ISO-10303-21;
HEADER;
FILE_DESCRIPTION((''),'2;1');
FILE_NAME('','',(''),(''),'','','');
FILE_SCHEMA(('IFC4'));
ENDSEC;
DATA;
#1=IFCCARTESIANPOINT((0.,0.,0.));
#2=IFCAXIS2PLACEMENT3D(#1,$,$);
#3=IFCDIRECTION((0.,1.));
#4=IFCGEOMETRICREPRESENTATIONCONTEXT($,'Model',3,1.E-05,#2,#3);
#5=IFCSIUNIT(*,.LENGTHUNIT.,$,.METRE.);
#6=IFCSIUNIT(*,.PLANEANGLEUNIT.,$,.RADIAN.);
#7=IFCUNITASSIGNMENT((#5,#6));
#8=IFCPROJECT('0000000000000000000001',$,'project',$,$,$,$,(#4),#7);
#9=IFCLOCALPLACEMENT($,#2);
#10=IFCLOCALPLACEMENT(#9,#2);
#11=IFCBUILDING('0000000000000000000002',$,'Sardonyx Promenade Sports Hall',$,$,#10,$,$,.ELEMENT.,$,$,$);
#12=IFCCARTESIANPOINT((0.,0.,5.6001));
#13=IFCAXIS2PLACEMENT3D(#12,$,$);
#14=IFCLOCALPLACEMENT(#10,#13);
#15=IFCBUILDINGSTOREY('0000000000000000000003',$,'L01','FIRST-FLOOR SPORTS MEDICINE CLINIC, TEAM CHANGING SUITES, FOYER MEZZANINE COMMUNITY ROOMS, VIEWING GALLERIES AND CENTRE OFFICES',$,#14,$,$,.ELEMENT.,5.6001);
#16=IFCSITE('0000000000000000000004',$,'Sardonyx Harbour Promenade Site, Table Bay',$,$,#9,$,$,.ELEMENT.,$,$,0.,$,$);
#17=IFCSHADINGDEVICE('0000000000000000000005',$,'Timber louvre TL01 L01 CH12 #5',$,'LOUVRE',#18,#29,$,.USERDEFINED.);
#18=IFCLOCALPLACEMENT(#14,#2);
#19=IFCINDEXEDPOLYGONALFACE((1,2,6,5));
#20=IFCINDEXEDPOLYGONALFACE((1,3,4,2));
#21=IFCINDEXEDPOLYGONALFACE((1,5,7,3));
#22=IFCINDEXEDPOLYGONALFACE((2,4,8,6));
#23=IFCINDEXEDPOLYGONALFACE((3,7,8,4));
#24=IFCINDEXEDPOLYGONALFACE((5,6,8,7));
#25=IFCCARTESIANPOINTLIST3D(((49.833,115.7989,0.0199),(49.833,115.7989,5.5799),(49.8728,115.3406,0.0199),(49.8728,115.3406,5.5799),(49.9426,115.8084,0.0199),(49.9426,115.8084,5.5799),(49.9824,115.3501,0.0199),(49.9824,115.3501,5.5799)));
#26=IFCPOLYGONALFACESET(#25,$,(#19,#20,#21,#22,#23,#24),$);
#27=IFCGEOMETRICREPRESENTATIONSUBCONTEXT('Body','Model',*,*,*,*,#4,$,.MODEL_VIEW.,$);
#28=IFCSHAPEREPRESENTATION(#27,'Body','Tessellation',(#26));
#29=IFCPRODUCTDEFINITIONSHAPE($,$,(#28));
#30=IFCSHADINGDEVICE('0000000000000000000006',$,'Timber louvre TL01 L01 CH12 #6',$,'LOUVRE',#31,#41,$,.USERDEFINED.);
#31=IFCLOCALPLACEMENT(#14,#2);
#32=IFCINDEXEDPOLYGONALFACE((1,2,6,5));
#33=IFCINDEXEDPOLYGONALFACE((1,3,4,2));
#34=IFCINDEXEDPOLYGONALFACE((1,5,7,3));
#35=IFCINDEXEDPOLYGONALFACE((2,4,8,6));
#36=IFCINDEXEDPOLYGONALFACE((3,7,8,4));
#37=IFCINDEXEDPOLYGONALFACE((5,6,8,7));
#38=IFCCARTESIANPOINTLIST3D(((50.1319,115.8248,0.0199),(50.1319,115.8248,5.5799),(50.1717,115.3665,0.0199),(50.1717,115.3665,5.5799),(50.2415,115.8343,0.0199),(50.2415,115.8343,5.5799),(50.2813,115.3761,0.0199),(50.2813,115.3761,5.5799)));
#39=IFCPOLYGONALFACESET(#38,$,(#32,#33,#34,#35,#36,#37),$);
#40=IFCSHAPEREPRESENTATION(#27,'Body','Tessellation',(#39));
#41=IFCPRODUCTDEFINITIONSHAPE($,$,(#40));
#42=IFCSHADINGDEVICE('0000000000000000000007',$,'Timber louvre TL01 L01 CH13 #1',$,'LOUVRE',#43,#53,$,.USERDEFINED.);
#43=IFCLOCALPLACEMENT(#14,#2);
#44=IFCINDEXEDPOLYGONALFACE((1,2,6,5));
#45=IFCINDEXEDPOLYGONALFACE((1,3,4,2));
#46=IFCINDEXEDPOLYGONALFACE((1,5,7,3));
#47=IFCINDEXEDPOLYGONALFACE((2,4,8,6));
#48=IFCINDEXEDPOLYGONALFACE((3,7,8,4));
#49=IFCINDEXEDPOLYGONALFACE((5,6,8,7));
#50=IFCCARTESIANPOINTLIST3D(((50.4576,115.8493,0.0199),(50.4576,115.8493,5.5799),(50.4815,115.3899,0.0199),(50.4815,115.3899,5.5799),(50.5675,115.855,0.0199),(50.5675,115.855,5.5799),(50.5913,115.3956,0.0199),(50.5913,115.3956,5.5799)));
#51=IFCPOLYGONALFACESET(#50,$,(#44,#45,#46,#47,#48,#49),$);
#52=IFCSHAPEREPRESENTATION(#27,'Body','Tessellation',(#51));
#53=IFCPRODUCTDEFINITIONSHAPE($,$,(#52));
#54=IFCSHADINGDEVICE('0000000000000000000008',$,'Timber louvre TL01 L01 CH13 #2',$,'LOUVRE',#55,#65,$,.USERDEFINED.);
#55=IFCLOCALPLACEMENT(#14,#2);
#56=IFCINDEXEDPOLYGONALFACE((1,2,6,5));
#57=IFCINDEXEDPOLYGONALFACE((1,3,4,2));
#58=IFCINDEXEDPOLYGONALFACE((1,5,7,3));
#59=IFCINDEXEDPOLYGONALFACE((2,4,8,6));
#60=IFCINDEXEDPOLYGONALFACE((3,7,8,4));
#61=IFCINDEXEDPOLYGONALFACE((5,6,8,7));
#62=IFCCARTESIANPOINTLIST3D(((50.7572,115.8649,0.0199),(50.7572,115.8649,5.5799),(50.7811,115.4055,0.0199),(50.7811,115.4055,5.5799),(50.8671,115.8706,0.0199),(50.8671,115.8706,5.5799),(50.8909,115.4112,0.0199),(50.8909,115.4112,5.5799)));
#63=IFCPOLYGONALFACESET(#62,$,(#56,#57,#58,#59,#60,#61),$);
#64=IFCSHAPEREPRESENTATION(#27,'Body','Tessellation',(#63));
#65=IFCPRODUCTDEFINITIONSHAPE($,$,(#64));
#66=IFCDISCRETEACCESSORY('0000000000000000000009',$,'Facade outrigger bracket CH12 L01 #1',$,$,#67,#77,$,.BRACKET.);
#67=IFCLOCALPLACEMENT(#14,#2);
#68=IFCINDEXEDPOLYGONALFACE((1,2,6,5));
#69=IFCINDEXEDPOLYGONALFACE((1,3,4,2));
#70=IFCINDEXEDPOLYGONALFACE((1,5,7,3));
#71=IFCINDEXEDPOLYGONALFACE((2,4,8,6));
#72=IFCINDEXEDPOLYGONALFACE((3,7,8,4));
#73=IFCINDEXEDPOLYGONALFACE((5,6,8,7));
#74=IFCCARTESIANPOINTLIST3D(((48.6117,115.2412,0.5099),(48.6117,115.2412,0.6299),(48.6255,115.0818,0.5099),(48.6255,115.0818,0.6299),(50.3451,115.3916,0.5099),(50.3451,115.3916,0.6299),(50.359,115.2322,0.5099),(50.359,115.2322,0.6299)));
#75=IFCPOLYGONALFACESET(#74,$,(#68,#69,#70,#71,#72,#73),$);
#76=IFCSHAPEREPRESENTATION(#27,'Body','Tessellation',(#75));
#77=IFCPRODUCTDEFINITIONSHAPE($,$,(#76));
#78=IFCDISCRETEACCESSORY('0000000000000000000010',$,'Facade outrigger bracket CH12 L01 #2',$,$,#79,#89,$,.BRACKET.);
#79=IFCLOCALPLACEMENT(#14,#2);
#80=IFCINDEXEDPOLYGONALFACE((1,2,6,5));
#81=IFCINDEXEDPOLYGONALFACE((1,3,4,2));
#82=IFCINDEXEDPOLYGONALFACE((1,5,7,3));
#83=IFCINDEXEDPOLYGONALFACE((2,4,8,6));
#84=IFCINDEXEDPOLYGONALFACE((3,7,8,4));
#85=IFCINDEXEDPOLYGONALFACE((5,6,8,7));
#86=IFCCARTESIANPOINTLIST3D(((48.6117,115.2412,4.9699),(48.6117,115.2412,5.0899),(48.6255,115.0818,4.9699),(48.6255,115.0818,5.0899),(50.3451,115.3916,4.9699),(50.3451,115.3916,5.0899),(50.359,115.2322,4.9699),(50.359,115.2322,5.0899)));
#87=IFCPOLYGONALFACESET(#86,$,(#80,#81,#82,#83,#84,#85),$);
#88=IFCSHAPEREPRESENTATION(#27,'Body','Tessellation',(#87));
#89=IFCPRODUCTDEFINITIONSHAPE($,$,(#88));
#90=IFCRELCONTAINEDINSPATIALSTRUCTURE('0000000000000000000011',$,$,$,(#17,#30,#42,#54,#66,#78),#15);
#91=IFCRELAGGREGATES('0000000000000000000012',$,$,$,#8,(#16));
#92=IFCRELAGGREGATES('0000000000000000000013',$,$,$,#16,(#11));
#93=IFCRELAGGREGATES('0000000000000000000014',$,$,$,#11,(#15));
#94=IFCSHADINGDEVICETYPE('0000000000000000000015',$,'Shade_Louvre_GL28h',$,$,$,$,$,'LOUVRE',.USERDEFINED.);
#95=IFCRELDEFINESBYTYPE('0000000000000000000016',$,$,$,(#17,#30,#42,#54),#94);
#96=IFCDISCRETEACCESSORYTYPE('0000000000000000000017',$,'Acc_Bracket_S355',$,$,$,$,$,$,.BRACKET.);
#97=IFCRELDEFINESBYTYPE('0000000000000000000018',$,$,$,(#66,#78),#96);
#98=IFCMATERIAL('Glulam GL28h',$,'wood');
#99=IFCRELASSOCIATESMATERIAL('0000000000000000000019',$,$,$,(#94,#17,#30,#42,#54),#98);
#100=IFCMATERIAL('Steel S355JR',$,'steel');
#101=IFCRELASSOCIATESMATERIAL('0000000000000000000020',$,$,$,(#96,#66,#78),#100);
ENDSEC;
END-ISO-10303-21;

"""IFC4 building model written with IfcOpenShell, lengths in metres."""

from ifc_helpers import new_model, si_unit, direction, frame, origin, place, context, subcontext, project, spatial, rectangle, extrude, material, type_object, element, save


model = new_model("IFC4")

# Units and contexts
model_context = context("Model", 3, precision=1e-05, world=origin(), true_north=direction((0.0, 1.0)))
body_context = subcontext(model_context, "Body", "Model", "MODEL_VIEW")
ifc_project = project(units=[si_unit("LENGTHUNIT", "METRE"), si_unit("PLANEANGLEUNIT", "RADIAN")], contexts=[model_context])

# Site, building, storey
site_placement = place(None, origin())
site = spatial("IfcSite", under=ifc_project, at=site_placement, Name="Sardonyx Harbour Promenade Site, Table Bay", CompositionType="ELEMENT", RefElevation=0.0)
building_placement = place(site_placement, origin())
building = spatial("IfcBuilding", under=site, at=building_placement, Name="Sardonyx Promenade Sports Hall", CompositionType="ELEMENT")
storey_placement = place(building_placement, frame((0.0, 0.0, 5.6001)))
storey = spatial("IfcBuildingStorey", under=building, at=storey_placement, Name="L01", Description="FIRST-FLOOR SPORTS MEDICINE CLINIC, TEAM CHANGING SUITES, FOYER MEZZANINE COMMUNITY ROOMS, VIEWING GALLERIES AND CENTRE OFFICES", CompositionType="ELEMENT", Elevation=5.6001)

# Shading devices
ifc_material_1 = material(Name="Glulam GL28h", Category="wood")
shading_device_type = type_object("IfcShadingDeviceType", Name="Shade_Louvre_GL28h", ElementType="LOUVRE", PredefinedType="USERDEFINED", material=ifc_material_1)
for number, where, z_axis, x_axis, name in (
    (1, (49.9077, 115.5745, 0.0199), (0.0, 0.0, 1.0), (0.996258, 0.086434, 0.0), "Timber louvre TL01 L01 CH12 #5"),
    (2, (50.2066, 115.6004, 0.0199), (0.0, 0.0, 1.0), (0.996258, 0.086434, 0.0), "Timber louvre TL01 L01 CH12 #6"),
    (3, (50.5245, 115.6225, 0.0199), (0.0, 0.0, 1.0), (0.998652, 0.051902, 0.0), "Timber louvre TL01 L01 CH13 #1"),
    (4, (50.8241, 115.6381, 0.0199), (0.0, 0.0, 1.0), (0.998652, 0.051902, 0.0), "Timber louvre TL01 L01 CH13 #2"),
):
    element("IfcShadingDevice", number, at=place(storey_placement, frame(where, z_axis=z_axis, x_axis=x_axis)), inside=storey, type_object=shading_device_type, material=ifc_material_1, Name=name, ObjectType="LOUVRE", PredefinedType="USERDEFINED", context=body_context, shape_type="SweptSolid", body=[
        extrude(rectangle(XDim=0.11, YDim=0.46), origin(), (0.0, 0.0, 1.0), 5.56),
    ])

# Discrete accessories
ifc_material_2 = material(Name="Steel S355JR", Category="steel")
discrete_accessory_type = type_object("IfcDiscreteAccessoryType", Name="Acc_Bracket_S355", PredefinedType="BRACKET", material=ifc_material_2)
for number, where, z_axis, x_axis, name in (
    (5, (49.4853, 115.2367, 0.5099), (0.0, 0.0, 1.0), (0.996258, 0.086434, 0.0), "Facade outrigger bracket CH12 L01 #1"),
    (6, (49.4853, 115.2367, 4.9699), (0.0, 0.0, 1.0), (0.996258, 0.086434, 0.0), "Facade outrigger bracket CH12 L01 #2"),
):
    element("IfcDiscreteAccessory", number, at=place(storey_placement, frame(where, z_axis=z_axis, x_axis=x_axis)), inside=storey, type_object=discrete_accessory_type, material=ifc_material_2, Name=name, PredefinedType="BRACKET", context=body_context, shape_type="SweptSolid", body=[
        extrude(rectangle(XDim=1.74, YDim=0.16), origin(), (0.0, 0.0, 1.0), 0.12),
    ])

save(model, "model.ifc")
